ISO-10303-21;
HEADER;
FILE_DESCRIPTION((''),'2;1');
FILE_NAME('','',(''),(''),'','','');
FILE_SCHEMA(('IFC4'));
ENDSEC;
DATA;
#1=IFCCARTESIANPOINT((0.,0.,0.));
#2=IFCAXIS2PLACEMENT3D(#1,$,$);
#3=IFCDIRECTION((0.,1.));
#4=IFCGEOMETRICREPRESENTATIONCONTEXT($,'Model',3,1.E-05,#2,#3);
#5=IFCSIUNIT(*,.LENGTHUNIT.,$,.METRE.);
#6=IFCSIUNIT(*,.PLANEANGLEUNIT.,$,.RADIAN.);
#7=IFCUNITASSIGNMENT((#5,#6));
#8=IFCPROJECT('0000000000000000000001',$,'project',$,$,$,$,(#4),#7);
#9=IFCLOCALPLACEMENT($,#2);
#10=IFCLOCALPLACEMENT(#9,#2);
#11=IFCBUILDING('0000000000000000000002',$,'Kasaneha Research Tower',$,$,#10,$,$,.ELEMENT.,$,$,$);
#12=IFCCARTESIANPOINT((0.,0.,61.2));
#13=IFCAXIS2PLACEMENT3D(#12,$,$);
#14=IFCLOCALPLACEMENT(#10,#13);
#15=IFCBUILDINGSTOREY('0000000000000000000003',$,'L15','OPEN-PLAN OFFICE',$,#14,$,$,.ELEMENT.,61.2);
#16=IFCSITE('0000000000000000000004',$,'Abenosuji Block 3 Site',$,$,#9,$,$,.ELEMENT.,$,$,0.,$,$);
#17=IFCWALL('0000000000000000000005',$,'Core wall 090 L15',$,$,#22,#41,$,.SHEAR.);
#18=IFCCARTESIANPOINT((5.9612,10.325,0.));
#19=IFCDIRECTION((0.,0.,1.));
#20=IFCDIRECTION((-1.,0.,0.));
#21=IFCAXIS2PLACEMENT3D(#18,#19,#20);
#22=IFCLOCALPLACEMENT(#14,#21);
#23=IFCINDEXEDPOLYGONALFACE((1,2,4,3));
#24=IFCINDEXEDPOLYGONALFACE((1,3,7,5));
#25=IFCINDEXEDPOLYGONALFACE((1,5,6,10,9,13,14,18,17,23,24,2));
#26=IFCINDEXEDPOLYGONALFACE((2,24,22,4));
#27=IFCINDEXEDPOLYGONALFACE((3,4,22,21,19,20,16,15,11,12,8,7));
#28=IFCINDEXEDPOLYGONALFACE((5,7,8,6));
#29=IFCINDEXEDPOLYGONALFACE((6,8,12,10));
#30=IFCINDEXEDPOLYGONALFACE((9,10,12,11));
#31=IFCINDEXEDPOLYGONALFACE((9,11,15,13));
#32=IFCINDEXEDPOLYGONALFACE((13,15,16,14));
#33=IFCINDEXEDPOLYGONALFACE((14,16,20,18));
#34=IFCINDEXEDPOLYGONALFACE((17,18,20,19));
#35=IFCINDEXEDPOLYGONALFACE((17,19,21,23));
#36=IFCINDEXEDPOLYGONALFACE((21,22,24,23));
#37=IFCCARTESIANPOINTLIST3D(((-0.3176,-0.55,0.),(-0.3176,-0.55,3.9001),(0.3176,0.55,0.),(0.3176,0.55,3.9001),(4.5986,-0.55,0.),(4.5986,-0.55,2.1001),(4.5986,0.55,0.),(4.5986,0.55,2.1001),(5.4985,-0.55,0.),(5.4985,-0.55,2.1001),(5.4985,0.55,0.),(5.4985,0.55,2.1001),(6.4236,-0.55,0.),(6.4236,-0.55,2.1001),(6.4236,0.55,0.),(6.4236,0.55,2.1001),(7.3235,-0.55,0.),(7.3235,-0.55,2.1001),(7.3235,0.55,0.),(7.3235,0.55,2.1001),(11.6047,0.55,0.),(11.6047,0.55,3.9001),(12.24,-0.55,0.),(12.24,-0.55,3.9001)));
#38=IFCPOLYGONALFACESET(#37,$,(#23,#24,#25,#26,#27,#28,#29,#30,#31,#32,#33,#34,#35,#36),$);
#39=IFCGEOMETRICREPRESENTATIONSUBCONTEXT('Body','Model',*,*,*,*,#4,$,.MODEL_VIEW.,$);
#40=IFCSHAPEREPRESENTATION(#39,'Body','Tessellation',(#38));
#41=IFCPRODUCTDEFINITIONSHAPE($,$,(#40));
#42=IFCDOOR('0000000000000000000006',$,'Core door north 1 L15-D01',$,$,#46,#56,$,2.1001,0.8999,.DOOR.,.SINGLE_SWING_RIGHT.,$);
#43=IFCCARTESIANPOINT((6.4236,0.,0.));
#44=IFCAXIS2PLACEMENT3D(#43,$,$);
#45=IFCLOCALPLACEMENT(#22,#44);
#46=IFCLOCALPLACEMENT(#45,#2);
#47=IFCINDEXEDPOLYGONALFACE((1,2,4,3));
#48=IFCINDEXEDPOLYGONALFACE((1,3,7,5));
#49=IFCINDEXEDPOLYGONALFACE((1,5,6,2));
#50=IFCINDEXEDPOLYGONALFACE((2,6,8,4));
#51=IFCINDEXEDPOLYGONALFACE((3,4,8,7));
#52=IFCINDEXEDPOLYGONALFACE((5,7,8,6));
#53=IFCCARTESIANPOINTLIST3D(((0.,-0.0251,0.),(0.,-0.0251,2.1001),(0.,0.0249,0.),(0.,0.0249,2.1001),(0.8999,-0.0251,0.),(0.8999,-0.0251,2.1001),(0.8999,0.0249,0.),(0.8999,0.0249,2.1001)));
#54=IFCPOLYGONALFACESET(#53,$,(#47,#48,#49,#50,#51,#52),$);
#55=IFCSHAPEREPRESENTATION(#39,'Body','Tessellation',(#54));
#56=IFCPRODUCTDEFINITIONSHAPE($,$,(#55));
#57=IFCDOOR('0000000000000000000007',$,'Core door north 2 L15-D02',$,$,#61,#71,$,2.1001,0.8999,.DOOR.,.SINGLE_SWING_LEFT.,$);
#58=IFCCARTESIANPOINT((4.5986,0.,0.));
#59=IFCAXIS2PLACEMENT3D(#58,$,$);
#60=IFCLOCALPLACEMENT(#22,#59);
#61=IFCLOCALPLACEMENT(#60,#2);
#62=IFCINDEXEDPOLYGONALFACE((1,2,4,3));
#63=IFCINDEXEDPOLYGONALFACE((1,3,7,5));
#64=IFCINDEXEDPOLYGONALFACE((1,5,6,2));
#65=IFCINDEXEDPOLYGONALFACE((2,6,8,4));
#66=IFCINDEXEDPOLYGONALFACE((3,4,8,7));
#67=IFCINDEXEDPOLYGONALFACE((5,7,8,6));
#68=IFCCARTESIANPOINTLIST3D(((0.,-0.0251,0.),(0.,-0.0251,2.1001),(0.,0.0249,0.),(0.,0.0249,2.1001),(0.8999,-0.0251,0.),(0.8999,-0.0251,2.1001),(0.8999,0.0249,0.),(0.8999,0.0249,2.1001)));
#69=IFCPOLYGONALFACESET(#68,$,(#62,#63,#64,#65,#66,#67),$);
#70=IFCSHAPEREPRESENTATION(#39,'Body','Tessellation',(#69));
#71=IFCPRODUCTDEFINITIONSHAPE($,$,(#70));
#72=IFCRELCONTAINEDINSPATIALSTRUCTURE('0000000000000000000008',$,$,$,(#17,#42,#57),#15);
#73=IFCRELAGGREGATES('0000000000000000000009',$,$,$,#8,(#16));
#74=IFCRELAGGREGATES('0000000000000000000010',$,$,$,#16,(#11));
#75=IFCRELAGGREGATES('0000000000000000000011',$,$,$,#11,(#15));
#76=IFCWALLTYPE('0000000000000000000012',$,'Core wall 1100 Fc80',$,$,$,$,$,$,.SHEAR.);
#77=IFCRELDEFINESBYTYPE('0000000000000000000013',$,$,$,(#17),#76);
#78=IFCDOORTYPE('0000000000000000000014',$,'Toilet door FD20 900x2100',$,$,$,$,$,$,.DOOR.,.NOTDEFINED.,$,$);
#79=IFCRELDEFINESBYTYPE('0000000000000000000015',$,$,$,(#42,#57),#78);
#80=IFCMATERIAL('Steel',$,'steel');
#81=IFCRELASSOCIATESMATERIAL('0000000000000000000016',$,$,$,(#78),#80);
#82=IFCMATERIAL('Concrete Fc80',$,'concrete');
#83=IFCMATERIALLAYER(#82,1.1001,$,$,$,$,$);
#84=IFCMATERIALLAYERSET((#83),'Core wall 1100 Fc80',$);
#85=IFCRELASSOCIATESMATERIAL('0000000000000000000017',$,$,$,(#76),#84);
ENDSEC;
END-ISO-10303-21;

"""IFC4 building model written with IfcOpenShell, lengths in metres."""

from ifc_helpers import new_model, si_unit, direction, frame, frame_2d, origin, place, context, subcontext, project, spatial, polyline, rectangle, outline, extrude, material, layer, layer_set, type_object, element, fill, save


model = new_model("IFC4")

# Units and contexts
model_context = context("Model", 3, precision=1e-05, world=origin(), true_north=direction((0.0, 1.0)))
body_context = subcontext(model_context, "Body", "Model", "MODEL_VIEW")
ifc_project = project(units=[si_unit("LENGTHUNIT", "METRE"), si_unit("PLANEANGLEUNIT", "RADIAN")], contexts=[model_context])

# Site, building, storey
site_placement = place(None, origin())
site = spatial("IfcSite", under=ifc_project, at=site_placement, Name="Abenosuji Block 3 Site", CompositionType="ELEMENT", RefElevation=0.0)
building_placement = place(site_placement, origin())
building = spatial("IfcBuilding", under=site, at=building_placement, Name="Kasaneha Research Tower", CompositionType="ELEMENT")
storey_placement = place(building_placement, frame((0.0, 0.0, 61.2)))
storey = spatial("IfcBuildingStorey", under=building, at=storey_placement, Name="L15", Description="OPEN-PLAN OFFICE", CompositionType="ELEMENT", Elevation=61.2)

# Shared definitions
ifc_material_1 = material(Name="Steel", Category="steel")
door_type_1 = type_object("IfcDoorType", Name="Toilet door FD20 900x2100", OperationType="NOTDEFINED", PredefinedType="DOOR", material=ifc_material_1)

# Wall, openings, doors
ifc_material_2 = material(Name="Concrete Fc80", Category="concrete")
ifc_layer_1 = layer(ifc_material_2, 1.1001)
ifc_layer_set_1 = layer_set([ifc_layer_1], Name="Core wall 1100 Fc80")
wall_type_1 = type_object("IfcWallType", Name="Core wall 1100 Fc80", PredefinedType="SHEAR", material=ifc_layer_set_1)
wall_1_placement = place(storey_placement, frame((5.9612, 10.325, 0.0), z_axis=(0.0, 0.0, 1.0), x_axis=(-1.0, 0.0, 0.0)))
wall_1 = element("IfcWall", 1, at=wall_1_placement, inside=storey, type_object=wall_type_1, Name="Core wall 090 L15", PredefinedType="SHEAR", context=body_context, shape_type="SweptSolid", body=[
    extrude(outline(polyline([(-0.3176, -0.55), (4.5986, -0.55), (5.4985, -0.55), (6.4236, -0.55), (7.3235, -0.55), (12.24, -0.55), (11.6047, 0.55), (7.3235, 0.55), (6.4236, 0.55), (5.4985, 0.55), (4.5986, 0.55), (0.3176, 0.55), (-0.3176, -0.55)])), origin(), (0.0, 0.0, 1.0), 3.9001),
])
opening_1_placement = place(wall_1_placement, frame((6.4236, 0.0, 0.0)))
opening_1 = element("IfcOpeningElement", 2, at=opening_1_placement, cuts=wall_1, PredefinedType="OPENING", context=body_context, shape_type="SweptSolid", body=[
    extrude(rectangle(XDim=0.8999, YDim=2.1001, at=frame_2d((0.45, 1.05))), frame((0.0, 0.5601, 0.0), z_axis=(0.0, -1.0, 0.0), x_axis=(1.0, 0.0, 0.0)), (0.0, 0.0, 1.0), 1.1201),
])
opening_2_placement = place(wall_1_placement, frame((4.5986, 0.0, 0.0)))
opening_2 = element("IfcOpeningElement", 3, at=opening_2_placement, cuts=wall_1, PredefinedType="OPENING", context=body_context, shape_type="SweptSolid", body=[
    extrude(rectangle(XDim=0.8999, YDim=2.1001, at=frame_2d((0.45, 1.05))), frame((0.0, 0.5601, 0.0), z_axis=(0.0, -1.0, 0.0), x_axis=(1.0, 0.0, 0.0)), (0.0, 0.0, 1.0), 1.1201),
])
door_1_placement = place(opening_1_placement, origin())
door_1 = element("IfcDoor", 4, at=door_1_placement, inside=storey, type_object=door_type_1, Name="Core door north 1 L15-D01", OperationType="SINGLE_SWING_RIGHT", OverallHeight=2.1001, OverallWidth=0.8999, PredefinedType="DOOR", context=body_context, shape_type="SweptSolid", body=[
    extrude(rectangle(XDim=0.8999, YDim=2.1001, at=frame_2d((0.45, 1.05))), frame((0.0, 0.0249, 0.0), z_axis=(0.0, -1.0, 0.0), x_axis=(1.0, 0.0, 0.0)), (0.0, 0.0, 1.0), 0.05),
])
fill(opening_1, door_1)
door_2_placement = place(opening_2_placement, origin())
door_2 = element("IfcDoor", 5, at=door_2_placement, inside=storey, type_object=door_type_1, Name="Core door north 2 L15-D02", OperationType="SINGLE_SWING_LEFT", OverallHeight=2.1001, OverallWidth=0.8999, PredefinedType="DOOR", context=body_context, shape_type="SweptSolid", body=[
    extrude(rectangle(XDim=0.8999, YDim=2.1001, at=frame_2d((0.45, 1.05))), frame((0.0, 0.0249, 0.0), z_axis=(0.0, -1.0, 0.0), x_axis=(1.0, 0.0, 0.0)), (0.0, 0.0, 1.0), 0.05),
])
fill(opening_2, door_2)

save(model, "model.ifc")
